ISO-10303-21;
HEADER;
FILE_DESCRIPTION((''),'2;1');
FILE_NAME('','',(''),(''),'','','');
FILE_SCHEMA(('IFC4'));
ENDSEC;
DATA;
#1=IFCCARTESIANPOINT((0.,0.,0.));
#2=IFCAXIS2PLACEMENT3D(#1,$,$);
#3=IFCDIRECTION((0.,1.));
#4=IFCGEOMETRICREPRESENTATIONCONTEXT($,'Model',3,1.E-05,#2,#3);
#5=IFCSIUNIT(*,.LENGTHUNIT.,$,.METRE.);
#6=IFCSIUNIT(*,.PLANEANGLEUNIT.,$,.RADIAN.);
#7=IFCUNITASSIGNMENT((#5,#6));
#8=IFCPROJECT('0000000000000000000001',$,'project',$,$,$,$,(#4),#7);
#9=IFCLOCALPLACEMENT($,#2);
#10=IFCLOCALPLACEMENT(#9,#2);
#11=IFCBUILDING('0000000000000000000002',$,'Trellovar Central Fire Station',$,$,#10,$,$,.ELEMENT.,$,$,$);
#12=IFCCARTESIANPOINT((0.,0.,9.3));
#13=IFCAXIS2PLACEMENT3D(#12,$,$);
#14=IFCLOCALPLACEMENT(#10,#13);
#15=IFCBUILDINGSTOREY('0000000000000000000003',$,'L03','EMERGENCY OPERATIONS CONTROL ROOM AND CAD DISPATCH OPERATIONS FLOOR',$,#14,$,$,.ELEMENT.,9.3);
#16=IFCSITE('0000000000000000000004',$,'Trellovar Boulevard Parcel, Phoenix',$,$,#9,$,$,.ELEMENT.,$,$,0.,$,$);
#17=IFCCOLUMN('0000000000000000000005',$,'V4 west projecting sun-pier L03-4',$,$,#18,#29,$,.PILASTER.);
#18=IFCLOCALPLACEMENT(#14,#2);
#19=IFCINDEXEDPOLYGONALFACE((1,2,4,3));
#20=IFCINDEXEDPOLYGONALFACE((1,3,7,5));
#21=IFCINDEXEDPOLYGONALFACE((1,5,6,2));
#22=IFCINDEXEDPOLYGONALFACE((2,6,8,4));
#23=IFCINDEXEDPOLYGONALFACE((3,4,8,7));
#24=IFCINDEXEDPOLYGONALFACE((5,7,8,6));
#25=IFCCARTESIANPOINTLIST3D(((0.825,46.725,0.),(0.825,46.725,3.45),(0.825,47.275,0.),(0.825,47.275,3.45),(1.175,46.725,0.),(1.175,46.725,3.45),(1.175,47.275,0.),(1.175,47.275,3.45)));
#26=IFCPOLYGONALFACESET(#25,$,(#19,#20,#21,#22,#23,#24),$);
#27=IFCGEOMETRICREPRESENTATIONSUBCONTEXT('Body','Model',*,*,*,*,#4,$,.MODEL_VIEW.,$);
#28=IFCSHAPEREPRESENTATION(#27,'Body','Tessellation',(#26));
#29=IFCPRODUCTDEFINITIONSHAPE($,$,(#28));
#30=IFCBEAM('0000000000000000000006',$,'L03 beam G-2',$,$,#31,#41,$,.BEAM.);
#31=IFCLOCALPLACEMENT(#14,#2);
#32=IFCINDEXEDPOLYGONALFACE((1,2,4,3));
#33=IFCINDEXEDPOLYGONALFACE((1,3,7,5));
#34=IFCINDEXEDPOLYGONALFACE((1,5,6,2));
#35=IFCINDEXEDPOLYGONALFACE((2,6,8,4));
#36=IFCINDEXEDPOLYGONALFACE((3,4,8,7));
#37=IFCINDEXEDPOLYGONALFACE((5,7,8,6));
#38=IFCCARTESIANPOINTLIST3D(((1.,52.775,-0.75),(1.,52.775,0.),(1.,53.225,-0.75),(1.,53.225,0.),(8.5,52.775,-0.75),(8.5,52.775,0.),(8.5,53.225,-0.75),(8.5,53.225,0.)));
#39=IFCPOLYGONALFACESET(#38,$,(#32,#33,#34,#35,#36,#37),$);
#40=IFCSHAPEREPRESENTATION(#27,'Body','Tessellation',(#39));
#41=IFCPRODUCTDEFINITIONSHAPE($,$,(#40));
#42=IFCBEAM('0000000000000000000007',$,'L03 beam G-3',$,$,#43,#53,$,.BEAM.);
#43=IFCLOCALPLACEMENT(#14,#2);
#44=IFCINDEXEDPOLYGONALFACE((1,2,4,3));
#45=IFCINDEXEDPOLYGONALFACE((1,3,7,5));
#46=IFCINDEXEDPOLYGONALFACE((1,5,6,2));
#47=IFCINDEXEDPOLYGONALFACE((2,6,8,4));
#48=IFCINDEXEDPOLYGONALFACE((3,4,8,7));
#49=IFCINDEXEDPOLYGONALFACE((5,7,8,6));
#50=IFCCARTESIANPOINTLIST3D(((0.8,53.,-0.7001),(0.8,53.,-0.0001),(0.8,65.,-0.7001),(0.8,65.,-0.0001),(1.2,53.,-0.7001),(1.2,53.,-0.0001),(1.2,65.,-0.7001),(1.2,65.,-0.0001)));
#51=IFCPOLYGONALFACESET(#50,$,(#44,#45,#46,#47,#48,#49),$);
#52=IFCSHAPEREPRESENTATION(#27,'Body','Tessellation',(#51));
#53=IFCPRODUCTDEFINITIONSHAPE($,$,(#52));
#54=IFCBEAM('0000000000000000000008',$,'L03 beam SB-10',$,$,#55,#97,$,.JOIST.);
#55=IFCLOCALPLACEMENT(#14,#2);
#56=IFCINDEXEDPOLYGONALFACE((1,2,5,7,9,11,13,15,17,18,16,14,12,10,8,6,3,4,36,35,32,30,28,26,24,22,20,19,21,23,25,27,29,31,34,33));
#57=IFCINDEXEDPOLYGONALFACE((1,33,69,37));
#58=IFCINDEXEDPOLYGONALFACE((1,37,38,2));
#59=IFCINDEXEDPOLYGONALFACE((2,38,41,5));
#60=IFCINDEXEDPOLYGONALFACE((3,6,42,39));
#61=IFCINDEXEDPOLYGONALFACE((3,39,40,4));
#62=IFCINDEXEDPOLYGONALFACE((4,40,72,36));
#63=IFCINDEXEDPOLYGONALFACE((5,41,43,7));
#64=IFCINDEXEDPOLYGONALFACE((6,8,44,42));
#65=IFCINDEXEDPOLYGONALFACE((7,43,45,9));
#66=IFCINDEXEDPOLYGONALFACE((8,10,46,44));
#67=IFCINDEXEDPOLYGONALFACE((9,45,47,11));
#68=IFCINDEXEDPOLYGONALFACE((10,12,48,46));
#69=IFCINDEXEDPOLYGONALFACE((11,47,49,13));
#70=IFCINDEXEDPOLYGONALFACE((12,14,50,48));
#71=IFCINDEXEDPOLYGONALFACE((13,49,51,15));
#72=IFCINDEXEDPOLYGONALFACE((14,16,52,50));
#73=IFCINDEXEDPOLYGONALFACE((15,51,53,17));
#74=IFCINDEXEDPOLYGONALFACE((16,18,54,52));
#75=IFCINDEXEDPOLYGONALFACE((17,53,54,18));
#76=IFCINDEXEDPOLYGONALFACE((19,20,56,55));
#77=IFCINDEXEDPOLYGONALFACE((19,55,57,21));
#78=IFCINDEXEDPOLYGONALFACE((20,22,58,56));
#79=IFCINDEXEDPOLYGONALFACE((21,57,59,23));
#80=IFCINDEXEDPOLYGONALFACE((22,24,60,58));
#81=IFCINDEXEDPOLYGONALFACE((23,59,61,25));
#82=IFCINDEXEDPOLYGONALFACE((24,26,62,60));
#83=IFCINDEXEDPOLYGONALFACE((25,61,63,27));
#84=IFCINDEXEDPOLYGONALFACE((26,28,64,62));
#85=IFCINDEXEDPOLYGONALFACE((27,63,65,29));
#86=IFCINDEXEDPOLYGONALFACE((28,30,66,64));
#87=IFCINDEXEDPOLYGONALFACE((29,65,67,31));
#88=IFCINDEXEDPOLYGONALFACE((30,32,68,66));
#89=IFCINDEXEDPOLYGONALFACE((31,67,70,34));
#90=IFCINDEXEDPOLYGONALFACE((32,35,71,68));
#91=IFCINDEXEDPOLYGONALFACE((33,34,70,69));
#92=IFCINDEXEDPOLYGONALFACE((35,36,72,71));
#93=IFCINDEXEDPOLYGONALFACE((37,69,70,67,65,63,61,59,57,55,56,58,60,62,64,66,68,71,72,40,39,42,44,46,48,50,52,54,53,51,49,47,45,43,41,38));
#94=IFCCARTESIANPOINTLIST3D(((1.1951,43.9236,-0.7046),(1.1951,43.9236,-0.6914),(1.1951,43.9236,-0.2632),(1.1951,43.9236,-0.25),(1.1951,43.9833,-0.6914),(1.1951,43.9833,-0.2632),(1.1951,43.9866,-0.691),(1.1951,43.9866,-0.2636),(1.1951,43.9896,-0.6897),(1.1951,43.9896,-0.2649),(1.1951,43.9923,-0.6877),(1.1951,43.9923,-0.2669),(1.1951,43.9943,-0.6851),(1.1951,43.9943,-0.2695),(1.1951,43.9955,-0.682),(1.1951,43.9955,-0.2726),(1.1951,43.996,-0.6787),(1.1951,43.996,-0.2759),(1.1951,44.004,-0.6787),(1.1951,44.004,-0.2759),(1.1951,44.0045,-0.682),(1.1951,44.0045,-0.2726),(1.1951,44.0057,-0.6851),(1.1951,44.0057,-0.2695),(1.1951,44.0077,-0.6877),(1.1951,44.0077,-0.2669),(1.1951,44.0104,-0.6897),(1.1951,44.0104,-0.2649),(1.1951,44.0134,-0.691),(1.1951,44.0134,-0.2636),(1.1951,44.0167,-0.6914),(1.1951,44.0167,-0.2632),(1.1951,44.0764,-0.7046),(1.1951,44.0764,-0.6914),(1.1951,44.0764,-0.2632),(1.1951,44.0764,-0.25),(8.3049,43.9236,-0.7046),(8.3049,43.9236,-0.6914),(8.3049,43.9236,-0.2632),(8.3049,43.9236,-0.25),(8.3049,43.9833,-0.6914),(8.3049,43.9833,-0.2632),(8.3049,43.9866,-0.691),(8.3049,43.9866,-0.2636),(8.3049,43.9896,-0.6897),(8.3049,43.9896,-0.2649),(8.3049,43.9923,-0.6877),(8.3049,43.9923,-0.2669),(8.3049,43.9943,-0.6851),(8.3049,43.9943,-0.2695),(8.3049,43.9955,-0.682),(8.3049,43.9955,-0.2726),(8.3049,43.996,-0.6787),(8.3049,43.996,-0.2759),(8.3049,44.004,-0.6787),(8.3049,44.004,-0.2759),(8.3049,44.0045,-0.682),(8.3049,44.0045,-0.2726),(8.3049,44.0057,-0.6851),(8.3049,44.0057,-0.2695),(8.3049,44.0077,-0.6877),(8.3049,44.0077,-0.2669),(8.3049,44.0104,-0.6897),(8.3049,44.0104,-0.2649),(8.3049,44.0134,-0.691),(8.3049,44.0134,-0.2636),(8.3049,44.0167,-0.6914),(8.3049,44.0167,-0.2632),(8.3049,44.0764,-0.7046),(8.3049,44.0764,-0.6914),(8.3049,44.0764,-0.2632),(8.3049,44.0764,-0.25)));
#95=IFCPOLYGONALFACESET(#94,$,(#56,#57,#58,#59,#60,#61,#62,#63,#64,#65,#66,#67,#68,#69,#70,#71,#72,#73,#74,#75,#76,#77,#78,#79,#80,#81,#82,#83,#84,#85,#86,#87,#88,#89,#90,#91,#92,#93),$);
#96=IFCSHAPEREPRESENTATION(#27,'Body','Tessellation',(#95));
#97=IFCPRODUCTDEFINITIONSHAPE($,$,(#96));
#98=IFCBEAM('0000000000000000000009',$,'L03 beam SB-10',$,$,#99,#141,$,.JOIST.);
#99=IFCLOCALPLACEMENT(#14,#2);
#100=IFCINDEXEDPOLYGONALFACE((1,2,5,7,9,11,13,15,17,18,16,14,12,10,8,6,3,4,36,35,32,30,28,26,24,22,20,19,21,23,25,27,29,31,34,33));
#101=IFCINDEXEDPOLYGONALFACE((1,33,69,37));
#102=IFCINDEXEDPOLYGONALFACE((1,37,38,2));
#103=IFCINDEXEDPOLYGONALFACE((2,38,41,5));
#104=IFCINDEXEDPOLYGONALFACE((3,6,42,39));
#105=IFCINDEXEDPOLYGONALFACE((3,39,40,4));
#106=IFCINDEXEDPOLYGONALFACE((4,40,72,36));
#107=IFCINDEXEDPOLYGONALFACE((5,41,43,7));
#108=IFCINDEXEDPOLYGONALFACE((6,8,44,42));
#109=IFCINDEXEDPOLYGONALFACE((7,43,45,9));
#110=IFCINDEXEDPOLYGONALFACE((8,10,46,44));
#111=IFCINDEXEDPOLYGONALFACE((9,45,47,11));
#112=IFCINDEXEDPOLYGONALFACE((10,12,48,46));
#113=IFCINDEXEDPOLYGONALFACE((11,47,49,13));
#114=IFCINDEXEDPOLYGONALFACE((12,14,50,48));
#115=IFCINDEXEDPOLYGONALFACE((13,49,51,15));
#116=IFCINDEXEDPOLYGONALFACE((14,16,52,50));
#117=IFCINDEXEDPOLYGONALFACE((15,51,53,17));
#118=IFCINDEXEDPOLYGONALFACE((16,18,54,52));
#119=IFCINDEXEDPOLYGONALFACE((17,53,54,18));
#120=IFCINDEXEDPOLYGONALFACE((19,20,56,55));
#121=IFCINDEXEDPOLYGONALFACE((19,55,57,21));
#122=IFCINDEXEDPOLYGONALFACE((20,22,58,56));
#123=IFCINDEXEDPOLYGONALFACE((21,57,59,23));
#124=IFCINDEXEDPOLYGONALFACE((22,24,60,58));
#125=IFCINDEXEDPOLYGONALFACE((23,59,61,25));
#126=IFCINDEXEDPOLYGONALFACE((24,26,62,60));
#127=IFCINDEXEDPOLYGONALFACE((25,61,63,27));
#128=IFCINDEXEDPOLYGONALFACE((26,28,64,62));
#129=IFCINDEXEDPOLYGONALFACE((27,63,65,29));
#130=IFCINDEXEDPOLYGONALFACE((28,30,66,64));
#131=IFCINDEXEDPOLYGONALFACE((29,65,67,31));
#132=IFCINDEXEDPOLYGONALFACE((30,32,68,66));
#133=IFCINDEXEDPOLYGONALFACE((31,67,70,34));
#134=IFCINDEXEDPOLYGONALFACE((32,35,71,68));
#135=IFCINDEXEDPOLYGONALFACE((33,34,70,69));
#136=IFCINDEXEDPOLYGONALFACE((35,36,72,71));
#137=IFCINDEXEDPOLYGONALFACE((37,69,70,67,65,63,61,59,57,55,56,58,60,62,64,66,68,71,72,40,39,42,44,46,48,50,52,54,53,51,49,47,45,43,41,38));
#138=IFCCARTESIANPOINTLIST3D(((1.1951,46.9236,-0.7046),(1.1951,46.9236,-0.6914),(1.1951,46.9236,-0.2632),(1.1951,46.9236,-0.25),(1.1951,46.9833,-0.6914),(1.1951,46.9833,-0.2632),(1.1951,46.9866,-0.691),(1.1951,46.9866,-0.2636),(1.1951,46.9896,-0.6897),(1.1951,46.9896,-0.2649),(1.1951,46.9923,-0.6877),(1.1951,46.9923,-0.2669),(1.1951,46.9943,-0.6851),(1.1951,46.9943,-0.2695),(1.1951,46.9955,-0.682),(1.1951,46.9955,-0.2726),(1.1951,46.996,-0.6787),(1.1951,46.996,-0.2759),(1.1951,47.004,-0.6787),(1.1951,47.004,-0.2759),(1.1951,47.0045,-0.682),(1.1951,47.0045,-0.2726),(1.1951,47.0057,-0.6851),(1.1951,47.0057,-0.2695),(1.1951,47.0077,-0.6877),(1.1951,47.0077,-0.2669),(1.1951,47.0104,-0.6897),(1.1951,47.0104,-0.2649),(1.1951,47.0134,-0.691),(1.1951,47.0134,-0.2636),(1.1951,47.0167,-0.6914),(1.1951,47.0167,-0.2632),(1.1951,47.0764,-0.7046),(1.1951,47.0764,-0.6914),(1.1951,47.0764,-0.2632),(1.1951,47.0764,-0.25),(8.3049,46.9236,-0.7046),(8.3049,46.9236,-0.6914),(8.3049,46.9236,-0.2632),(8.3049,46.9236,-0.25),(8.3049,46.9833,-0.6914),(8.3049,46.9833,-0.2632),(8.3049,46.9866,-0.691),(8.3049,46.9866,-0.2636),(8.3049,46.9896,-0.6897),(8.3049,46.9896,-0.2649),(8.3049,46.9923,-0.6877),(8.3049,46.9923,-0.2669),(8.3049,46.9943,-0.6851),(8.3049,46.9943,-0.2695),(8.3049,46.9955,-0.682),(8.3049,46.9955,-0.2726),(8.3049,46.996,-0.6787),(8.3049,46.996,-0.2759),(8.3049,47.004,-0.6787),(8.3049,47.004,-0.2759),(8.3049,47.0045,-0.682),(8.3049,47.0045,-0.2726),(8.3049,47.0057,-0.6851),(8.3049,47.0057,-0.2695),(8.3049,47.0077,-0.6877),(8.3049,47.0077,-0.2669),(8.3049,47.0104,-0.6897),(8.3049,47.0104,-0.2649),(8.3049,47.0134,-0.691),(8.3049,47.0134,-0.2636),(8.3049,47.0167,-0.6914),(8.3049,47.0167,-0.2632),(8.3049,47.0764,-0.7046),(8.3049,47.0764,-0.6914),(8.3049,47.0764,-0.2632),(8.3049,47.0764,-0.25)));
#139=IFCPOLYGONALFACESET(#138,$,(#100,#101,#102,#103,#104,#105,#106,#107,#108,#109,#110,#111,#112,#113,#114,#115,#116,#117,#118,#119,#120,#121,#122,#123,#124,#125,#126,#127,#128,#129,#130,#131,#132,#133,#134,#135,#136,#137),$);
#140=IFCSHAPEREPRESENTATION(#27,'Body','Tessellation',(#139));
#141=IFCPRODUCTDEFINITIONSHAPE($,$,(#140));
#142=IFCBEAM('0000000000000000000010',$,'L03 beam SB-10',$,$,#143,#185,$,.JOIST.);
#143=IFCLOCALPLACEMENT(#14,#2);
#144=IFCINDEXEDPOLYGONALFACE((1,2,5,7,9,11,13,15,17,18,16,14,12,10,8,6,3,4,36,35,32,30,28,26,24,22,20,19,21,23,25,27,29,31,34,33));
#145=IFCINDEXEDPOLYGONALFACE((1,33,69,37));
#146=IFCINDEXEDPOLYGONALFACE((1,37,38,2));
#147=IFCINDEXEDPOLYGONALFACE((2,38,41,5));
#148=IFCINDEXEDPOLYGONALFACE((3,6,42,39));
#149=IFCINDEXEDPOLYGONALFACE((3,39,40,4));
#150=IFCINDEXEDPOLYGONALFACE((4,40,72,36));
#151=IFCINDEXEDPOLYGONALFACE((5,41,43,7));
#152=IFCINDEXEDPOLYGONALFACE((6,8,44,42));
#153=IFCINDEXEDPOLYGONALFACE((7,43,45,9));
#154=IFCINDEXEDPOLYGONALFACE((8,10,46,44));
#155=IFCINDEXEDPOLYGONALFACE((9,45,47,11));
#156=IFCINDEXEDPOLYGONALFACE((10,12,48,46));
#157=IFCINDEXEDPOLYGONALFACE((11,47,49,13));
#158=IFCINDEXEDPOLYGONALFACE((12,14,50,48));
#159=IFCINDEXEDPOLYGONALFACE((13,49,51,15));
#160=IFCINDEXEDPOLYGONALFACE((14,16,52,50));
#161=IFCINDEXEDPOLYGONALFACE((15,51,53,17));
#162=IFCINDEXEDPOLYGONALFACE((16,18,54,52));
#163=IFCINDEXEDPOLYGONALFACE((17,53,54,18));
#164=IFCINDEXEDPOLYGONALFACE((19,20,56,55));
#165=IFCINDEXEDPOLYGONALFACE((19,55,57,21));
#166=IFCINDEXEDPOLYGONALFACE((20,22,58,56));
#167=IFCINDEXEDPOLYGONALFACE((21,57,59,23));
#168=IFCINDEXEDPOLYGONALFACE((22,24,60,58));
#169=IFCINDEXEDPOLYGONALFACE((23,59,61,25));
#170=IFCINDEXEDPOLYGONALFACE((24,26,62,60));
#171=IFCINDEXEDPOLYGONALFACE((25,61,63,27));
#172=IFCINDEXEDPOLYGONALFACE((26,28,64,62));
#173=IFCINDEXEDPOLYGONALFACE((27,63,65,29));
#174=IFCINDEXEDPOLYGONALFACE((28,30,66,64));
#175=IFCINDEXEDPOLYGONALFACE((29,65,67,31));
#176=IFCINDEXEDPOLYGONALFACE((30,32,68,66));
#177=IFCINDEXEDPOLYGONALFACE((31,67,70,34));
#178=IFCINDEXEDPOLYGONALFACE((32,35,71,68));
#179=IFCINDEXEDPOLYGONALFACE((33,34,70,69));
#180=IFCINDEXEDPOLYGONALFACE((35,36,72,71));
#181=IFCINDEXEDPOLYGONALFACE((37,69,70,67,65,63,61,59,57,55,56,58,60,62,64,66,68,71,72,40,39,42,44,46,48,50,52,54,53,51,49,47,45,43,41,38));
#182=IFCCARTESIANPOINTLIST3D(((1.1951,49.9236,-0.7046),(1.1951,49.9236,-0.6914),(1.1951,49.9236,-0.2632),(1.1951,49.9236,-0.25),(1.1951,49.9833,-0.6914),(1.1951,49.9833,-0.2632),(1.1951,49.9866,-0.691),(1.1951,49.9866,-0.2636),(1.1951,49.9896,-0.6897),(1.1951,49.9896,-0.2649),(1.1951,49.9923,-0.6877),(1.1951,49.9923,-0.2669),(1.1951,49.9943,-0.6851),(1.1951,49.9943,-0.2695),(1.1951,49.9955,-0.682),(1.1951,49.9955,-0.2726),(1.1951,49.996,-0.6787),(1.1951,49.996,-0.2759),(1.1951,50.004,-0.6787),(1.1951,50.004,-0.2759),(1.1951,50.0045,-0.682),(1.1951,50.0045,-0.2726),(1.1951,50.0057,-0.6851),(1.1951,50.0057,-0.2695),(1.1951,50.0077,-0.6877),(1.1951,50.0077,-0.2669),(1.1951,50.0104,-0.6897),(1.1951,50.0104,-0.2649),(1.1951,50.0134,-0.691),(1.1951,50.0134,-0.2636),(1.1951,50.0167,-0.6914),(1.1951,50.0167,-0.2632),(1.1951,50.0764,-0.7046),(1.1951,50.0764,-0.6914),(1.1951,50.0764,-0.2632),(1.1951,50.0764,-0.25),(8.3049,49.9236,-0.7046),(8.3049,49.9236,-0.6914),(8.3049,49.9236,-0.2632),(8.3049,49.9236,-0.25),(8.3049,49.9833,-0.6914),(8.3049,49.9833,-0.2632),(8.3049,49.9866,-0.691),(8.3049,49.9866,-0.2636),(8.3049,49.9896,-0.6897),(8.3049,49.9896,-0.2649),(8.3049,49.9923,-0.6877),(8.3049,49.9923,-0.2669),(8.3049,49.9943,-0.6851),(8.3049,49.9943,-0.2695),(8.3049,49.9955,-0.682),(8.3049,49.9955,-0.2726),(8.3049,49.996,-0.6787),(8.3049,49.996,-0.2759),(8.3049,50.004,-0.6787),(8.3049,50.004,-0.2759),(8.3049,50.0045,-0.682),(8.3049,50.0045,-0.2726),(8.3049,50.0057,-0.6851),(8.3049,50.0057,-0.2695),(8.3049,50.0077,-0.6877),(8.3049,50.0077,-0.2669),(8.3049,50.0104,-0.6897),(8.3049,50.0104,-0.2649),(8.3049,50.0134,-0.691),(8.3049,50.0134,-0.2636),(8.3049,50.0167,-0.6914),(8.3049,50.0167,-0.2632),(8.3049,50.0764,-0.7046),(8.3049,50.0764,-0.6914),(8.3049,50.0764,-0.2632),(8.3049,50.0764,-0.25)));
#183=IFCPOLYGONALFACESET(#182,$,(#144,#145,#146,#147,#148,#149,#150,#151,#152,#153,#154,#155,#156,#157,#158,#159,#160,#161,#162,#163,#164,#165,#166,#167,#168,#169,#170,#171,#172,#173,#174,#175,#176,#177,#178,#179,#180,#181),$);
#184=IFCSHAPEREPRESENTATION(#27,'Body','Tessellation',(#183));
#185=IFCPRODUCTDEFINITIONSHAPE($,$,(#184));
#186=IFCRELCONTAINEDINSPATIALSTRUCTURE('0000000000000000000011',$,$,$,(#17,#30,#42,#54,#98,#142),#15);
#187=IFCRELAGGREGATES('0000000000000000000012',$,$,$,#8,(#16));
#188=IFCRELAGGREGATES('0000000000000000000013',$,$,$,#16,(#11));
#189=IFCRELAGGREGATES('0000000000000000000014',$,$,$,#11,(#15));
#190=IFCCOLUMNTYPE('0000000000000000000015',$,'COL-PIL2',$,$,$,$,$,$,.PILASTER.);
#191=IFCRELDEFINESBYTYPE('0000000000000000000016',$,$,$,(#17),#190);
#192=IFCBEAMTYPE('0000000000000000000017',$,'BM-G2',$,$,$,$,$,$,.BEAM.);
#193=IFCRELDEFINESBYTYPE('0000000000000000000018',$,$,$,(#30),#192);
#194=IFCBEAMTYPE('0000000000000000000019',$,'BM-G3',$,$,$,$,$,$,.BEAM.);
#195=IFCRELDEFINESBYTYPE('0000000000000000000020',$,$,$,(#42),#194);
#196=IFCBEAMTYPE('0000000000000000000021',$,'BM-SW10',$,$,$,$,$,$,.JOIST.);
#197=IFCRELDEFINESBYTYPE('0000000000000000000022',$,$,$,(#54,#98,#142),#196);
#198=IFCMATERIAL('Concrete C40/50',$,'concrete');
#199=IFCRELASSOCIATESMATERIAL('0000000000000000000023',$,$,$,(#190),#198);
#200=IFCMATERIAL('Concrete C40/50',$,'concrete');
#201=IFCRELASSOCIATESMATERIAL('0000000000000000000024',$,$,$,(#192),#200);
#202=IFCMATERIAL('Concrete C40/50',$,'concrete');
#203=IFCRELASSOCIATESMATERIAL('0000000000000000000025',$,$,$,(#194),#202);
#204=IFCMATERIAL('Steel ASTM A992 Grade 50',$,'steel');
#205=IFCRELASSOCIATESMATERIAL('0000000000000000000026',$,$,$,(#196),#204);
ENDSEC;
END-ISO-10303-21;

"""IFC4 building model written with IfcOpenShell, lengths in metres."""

from ifc_helpers import new_model, si_unit, direction, frame, origin, origin_2d, place, context, subcontext, project, spatial, rectangle, i_section, extrude, material, material_profile, profile_set, type_object, element, save


model = new_model("IFC4")

# Units and contexts
model_context = context("Model", 3, precision=1e-05, world=origin(), true_north=direction((0.0, 1.0)))
body_context = subcontext(model_context, "Body", "Model", "MODEL_VIEW")
ifc_project = project(units=[si_unit("LENGTHUNIT", "METRE"), si_unit("PLANEANGLEUNIT", "RADIAN")], contexts=[model_context])

# Site, building, storey
site_placement = place(None, origin())
site = spatial("IfcSite", under=ifc_project, at=site_placement, Name="Trellovar Boulevard Parcel, Phoenix", CompositionType="ELEMENT", RefElevation=0.0)
building_placement = place(site_placement, origin())
building = spatial("IfcBuilding", under=site, at=building_placement, Name="Trellovar Central Fire Station", CompositionType="ELEMENT")
storey_placement = place(building_placement, frame((0.0, 0.0, 9.3)))
storey = spatial("IfcBuildingStorey", under=building, at=storey_placement, Name="L03", Description="EMERGENCY OPERATIONS CONTROL ROOM AND CAD DISPATCH OPERATIONS FLOOR", CompositionType="ELEMENT", Elevation=9.3)

# Column
ifc_material_1 = material(Name="Concrete C40/50", Category="concrete")
ifc_material_profile_1 = material_profile(ifc_material_1, rectangle(XDim=0.3501, YDim=0.55, at=origin_2d()), Name="RC350X550")
ifc_profile_set_1 = profile_set([ifc_material_profile_1], Name="Concrete C40/50")
column_type = type_object("IfcColumnType", Name="COL-PIL2", PredefinedType="PILASTER", material=ifc_profile_set_1)
column_placement = place(storey_placement, frame((1.0, 47.0, 0.0), z_axis=(0.0, 0.0, 1.0), x_axis=(1.0, 0.0, 0.0)))
element("IfcColumn", 1, at=column_placement, inside=storey, type_object=column_type, Name="V4 west projecting sun-pier L03-4", PredefinedType="PILASTER", context=body_context, shape_type="SweptSolid", body=[
    extrude(rectangle(XDim=0.3501, YDim=0.55, at=origin_2d()), origin(), (0.0, 0.0, 1.0), 3.45),
])

# Beams
ifc_material_2 = material(Name="Concrete C40/50", Category="concrete")
ifc_material_profile_2 = material_profile(ifc_material_2, rectangle(XDim=0.45, YDim=0.75, at=origin_2d()), Name="RC450X750")
ifc_profile_set_2 = profile_set([ifc_material_profile_2], Name="Concrete C40/50")
beam_type_1 = type_object("IfcBeamType", Name="BM-G2", PredefinedType="BEAM", material=ifc_profile_set_2)
beam_1_placement = place(storey_placement, frame((1.0, 53.0, -0.375), z_axis=(1.0, 0.0, 0.0), x_axis=(0.0, 1.0, 0.0)))
element("IfcBeam", 2, at=beam_1_placement, inside=storey, type_object=beam_type_1, Name="L03 beam G-2", PredefinedType="BEAM", context=body_context, shape_type="SweptSolid", body=[
    extrude(rectangle(XDim=0.45, YDim=0.75, at=origin_2d()), origin(), (0.0, 0.0, 1.0), 7.5),
])
ifc_material_3 = material(Name="Concrete C40/50", Category="concrete")
ifc_material_profile_3 = material_profile(ifc_material_3, rectangle(XDim=0.3999, YDim=0.7, at=origin_2d()), Name="RC400X700")
ifc_profile_set_3 = profile_set([ifc_material_profile_3], Name="Concrete C40/50")
beam_type_2 = type_object("IfcBeamType", Name="BM-G3", PredefinedType="BEAM", material=ifc_profile_set_3)
beam_2_placement = place(storey_placement, frame((1.0, 53.0, -0.3501), z_axis=(0.0, 1.0, 0.0), x_axis=(-1.0, 0.0, 0.0)))
element("IfcBeam", 3, at=beam_2_placement, inside=storey, type_object=beam_type_2, Name="L03 beam G-3", PredefinedType="BEAM", context=body_context, shape_type="SweptSolid", body=[
    extrude(rectangle(XDim=0.3999, YDim=0.7, at=origin_2d()), origin(), (0.0, 0.0, 1.0), 12.0),
])
ifc_material_4 = material(Name="Steel ASTM A992 Grade 50", Category="steel")
ifc_material_profile_4 = material_profile(ifc_material_4, i_section(OverallWidth=0.1528, OverallDepth=0.4546, WebThickness=0.0081, FlangeThickness=0.0132, FilletRadius=0.0127, at=origin_2d()), Name="W18X40")
ifc_profile_set_4 = profile_set([ifc_material_profile_4], Name="Steel ASTM A992 Grade 50")
beam_type_3 = type_object("IfcBeamType", Name="BM-SW10", PredefinedType="JOIST", material=ifc_profile_set_4)
for number, where, z_axis, x_axis, name in (
    (4, (1.1951, 44.0, -0.4773), (1.0, 0.0, 0.0), (0.0, 1.0, 0.0), "L03 beam SB-10"),
    (5, (1.1951, 47.0, -0.4773), (1.0, 0.0, 0.0), (0.0, 1.0, 0.0), "L03 beam SB-10"),
    (6, (1.1951, 50.0, -0.4773), (1.0, 0.0, 0.0), (0.0, 1.0, 0.0), "L03 beam SB-10"),
):
    element("IfcBeam", number, at=place(storey_placement, frame(where, z_axis=z_axis, x_axis=x_axis)), inside=storey, type_object=beam_type_3, Name=name, PredefinedType="JOIST", context=body_context, shape_type="SweptSolid", body=[
        extrude(i_section(OverallWidth=0.1528, OverallDepth=0.4546, WebThickness=0.0081, FlangeThickness=0.0132, FilletRadius=0.0127, at=origin_2d()), origin(), (0.0, 0.0, 1.0), 7.1099),
    ])

save(model, "model.ifc")
